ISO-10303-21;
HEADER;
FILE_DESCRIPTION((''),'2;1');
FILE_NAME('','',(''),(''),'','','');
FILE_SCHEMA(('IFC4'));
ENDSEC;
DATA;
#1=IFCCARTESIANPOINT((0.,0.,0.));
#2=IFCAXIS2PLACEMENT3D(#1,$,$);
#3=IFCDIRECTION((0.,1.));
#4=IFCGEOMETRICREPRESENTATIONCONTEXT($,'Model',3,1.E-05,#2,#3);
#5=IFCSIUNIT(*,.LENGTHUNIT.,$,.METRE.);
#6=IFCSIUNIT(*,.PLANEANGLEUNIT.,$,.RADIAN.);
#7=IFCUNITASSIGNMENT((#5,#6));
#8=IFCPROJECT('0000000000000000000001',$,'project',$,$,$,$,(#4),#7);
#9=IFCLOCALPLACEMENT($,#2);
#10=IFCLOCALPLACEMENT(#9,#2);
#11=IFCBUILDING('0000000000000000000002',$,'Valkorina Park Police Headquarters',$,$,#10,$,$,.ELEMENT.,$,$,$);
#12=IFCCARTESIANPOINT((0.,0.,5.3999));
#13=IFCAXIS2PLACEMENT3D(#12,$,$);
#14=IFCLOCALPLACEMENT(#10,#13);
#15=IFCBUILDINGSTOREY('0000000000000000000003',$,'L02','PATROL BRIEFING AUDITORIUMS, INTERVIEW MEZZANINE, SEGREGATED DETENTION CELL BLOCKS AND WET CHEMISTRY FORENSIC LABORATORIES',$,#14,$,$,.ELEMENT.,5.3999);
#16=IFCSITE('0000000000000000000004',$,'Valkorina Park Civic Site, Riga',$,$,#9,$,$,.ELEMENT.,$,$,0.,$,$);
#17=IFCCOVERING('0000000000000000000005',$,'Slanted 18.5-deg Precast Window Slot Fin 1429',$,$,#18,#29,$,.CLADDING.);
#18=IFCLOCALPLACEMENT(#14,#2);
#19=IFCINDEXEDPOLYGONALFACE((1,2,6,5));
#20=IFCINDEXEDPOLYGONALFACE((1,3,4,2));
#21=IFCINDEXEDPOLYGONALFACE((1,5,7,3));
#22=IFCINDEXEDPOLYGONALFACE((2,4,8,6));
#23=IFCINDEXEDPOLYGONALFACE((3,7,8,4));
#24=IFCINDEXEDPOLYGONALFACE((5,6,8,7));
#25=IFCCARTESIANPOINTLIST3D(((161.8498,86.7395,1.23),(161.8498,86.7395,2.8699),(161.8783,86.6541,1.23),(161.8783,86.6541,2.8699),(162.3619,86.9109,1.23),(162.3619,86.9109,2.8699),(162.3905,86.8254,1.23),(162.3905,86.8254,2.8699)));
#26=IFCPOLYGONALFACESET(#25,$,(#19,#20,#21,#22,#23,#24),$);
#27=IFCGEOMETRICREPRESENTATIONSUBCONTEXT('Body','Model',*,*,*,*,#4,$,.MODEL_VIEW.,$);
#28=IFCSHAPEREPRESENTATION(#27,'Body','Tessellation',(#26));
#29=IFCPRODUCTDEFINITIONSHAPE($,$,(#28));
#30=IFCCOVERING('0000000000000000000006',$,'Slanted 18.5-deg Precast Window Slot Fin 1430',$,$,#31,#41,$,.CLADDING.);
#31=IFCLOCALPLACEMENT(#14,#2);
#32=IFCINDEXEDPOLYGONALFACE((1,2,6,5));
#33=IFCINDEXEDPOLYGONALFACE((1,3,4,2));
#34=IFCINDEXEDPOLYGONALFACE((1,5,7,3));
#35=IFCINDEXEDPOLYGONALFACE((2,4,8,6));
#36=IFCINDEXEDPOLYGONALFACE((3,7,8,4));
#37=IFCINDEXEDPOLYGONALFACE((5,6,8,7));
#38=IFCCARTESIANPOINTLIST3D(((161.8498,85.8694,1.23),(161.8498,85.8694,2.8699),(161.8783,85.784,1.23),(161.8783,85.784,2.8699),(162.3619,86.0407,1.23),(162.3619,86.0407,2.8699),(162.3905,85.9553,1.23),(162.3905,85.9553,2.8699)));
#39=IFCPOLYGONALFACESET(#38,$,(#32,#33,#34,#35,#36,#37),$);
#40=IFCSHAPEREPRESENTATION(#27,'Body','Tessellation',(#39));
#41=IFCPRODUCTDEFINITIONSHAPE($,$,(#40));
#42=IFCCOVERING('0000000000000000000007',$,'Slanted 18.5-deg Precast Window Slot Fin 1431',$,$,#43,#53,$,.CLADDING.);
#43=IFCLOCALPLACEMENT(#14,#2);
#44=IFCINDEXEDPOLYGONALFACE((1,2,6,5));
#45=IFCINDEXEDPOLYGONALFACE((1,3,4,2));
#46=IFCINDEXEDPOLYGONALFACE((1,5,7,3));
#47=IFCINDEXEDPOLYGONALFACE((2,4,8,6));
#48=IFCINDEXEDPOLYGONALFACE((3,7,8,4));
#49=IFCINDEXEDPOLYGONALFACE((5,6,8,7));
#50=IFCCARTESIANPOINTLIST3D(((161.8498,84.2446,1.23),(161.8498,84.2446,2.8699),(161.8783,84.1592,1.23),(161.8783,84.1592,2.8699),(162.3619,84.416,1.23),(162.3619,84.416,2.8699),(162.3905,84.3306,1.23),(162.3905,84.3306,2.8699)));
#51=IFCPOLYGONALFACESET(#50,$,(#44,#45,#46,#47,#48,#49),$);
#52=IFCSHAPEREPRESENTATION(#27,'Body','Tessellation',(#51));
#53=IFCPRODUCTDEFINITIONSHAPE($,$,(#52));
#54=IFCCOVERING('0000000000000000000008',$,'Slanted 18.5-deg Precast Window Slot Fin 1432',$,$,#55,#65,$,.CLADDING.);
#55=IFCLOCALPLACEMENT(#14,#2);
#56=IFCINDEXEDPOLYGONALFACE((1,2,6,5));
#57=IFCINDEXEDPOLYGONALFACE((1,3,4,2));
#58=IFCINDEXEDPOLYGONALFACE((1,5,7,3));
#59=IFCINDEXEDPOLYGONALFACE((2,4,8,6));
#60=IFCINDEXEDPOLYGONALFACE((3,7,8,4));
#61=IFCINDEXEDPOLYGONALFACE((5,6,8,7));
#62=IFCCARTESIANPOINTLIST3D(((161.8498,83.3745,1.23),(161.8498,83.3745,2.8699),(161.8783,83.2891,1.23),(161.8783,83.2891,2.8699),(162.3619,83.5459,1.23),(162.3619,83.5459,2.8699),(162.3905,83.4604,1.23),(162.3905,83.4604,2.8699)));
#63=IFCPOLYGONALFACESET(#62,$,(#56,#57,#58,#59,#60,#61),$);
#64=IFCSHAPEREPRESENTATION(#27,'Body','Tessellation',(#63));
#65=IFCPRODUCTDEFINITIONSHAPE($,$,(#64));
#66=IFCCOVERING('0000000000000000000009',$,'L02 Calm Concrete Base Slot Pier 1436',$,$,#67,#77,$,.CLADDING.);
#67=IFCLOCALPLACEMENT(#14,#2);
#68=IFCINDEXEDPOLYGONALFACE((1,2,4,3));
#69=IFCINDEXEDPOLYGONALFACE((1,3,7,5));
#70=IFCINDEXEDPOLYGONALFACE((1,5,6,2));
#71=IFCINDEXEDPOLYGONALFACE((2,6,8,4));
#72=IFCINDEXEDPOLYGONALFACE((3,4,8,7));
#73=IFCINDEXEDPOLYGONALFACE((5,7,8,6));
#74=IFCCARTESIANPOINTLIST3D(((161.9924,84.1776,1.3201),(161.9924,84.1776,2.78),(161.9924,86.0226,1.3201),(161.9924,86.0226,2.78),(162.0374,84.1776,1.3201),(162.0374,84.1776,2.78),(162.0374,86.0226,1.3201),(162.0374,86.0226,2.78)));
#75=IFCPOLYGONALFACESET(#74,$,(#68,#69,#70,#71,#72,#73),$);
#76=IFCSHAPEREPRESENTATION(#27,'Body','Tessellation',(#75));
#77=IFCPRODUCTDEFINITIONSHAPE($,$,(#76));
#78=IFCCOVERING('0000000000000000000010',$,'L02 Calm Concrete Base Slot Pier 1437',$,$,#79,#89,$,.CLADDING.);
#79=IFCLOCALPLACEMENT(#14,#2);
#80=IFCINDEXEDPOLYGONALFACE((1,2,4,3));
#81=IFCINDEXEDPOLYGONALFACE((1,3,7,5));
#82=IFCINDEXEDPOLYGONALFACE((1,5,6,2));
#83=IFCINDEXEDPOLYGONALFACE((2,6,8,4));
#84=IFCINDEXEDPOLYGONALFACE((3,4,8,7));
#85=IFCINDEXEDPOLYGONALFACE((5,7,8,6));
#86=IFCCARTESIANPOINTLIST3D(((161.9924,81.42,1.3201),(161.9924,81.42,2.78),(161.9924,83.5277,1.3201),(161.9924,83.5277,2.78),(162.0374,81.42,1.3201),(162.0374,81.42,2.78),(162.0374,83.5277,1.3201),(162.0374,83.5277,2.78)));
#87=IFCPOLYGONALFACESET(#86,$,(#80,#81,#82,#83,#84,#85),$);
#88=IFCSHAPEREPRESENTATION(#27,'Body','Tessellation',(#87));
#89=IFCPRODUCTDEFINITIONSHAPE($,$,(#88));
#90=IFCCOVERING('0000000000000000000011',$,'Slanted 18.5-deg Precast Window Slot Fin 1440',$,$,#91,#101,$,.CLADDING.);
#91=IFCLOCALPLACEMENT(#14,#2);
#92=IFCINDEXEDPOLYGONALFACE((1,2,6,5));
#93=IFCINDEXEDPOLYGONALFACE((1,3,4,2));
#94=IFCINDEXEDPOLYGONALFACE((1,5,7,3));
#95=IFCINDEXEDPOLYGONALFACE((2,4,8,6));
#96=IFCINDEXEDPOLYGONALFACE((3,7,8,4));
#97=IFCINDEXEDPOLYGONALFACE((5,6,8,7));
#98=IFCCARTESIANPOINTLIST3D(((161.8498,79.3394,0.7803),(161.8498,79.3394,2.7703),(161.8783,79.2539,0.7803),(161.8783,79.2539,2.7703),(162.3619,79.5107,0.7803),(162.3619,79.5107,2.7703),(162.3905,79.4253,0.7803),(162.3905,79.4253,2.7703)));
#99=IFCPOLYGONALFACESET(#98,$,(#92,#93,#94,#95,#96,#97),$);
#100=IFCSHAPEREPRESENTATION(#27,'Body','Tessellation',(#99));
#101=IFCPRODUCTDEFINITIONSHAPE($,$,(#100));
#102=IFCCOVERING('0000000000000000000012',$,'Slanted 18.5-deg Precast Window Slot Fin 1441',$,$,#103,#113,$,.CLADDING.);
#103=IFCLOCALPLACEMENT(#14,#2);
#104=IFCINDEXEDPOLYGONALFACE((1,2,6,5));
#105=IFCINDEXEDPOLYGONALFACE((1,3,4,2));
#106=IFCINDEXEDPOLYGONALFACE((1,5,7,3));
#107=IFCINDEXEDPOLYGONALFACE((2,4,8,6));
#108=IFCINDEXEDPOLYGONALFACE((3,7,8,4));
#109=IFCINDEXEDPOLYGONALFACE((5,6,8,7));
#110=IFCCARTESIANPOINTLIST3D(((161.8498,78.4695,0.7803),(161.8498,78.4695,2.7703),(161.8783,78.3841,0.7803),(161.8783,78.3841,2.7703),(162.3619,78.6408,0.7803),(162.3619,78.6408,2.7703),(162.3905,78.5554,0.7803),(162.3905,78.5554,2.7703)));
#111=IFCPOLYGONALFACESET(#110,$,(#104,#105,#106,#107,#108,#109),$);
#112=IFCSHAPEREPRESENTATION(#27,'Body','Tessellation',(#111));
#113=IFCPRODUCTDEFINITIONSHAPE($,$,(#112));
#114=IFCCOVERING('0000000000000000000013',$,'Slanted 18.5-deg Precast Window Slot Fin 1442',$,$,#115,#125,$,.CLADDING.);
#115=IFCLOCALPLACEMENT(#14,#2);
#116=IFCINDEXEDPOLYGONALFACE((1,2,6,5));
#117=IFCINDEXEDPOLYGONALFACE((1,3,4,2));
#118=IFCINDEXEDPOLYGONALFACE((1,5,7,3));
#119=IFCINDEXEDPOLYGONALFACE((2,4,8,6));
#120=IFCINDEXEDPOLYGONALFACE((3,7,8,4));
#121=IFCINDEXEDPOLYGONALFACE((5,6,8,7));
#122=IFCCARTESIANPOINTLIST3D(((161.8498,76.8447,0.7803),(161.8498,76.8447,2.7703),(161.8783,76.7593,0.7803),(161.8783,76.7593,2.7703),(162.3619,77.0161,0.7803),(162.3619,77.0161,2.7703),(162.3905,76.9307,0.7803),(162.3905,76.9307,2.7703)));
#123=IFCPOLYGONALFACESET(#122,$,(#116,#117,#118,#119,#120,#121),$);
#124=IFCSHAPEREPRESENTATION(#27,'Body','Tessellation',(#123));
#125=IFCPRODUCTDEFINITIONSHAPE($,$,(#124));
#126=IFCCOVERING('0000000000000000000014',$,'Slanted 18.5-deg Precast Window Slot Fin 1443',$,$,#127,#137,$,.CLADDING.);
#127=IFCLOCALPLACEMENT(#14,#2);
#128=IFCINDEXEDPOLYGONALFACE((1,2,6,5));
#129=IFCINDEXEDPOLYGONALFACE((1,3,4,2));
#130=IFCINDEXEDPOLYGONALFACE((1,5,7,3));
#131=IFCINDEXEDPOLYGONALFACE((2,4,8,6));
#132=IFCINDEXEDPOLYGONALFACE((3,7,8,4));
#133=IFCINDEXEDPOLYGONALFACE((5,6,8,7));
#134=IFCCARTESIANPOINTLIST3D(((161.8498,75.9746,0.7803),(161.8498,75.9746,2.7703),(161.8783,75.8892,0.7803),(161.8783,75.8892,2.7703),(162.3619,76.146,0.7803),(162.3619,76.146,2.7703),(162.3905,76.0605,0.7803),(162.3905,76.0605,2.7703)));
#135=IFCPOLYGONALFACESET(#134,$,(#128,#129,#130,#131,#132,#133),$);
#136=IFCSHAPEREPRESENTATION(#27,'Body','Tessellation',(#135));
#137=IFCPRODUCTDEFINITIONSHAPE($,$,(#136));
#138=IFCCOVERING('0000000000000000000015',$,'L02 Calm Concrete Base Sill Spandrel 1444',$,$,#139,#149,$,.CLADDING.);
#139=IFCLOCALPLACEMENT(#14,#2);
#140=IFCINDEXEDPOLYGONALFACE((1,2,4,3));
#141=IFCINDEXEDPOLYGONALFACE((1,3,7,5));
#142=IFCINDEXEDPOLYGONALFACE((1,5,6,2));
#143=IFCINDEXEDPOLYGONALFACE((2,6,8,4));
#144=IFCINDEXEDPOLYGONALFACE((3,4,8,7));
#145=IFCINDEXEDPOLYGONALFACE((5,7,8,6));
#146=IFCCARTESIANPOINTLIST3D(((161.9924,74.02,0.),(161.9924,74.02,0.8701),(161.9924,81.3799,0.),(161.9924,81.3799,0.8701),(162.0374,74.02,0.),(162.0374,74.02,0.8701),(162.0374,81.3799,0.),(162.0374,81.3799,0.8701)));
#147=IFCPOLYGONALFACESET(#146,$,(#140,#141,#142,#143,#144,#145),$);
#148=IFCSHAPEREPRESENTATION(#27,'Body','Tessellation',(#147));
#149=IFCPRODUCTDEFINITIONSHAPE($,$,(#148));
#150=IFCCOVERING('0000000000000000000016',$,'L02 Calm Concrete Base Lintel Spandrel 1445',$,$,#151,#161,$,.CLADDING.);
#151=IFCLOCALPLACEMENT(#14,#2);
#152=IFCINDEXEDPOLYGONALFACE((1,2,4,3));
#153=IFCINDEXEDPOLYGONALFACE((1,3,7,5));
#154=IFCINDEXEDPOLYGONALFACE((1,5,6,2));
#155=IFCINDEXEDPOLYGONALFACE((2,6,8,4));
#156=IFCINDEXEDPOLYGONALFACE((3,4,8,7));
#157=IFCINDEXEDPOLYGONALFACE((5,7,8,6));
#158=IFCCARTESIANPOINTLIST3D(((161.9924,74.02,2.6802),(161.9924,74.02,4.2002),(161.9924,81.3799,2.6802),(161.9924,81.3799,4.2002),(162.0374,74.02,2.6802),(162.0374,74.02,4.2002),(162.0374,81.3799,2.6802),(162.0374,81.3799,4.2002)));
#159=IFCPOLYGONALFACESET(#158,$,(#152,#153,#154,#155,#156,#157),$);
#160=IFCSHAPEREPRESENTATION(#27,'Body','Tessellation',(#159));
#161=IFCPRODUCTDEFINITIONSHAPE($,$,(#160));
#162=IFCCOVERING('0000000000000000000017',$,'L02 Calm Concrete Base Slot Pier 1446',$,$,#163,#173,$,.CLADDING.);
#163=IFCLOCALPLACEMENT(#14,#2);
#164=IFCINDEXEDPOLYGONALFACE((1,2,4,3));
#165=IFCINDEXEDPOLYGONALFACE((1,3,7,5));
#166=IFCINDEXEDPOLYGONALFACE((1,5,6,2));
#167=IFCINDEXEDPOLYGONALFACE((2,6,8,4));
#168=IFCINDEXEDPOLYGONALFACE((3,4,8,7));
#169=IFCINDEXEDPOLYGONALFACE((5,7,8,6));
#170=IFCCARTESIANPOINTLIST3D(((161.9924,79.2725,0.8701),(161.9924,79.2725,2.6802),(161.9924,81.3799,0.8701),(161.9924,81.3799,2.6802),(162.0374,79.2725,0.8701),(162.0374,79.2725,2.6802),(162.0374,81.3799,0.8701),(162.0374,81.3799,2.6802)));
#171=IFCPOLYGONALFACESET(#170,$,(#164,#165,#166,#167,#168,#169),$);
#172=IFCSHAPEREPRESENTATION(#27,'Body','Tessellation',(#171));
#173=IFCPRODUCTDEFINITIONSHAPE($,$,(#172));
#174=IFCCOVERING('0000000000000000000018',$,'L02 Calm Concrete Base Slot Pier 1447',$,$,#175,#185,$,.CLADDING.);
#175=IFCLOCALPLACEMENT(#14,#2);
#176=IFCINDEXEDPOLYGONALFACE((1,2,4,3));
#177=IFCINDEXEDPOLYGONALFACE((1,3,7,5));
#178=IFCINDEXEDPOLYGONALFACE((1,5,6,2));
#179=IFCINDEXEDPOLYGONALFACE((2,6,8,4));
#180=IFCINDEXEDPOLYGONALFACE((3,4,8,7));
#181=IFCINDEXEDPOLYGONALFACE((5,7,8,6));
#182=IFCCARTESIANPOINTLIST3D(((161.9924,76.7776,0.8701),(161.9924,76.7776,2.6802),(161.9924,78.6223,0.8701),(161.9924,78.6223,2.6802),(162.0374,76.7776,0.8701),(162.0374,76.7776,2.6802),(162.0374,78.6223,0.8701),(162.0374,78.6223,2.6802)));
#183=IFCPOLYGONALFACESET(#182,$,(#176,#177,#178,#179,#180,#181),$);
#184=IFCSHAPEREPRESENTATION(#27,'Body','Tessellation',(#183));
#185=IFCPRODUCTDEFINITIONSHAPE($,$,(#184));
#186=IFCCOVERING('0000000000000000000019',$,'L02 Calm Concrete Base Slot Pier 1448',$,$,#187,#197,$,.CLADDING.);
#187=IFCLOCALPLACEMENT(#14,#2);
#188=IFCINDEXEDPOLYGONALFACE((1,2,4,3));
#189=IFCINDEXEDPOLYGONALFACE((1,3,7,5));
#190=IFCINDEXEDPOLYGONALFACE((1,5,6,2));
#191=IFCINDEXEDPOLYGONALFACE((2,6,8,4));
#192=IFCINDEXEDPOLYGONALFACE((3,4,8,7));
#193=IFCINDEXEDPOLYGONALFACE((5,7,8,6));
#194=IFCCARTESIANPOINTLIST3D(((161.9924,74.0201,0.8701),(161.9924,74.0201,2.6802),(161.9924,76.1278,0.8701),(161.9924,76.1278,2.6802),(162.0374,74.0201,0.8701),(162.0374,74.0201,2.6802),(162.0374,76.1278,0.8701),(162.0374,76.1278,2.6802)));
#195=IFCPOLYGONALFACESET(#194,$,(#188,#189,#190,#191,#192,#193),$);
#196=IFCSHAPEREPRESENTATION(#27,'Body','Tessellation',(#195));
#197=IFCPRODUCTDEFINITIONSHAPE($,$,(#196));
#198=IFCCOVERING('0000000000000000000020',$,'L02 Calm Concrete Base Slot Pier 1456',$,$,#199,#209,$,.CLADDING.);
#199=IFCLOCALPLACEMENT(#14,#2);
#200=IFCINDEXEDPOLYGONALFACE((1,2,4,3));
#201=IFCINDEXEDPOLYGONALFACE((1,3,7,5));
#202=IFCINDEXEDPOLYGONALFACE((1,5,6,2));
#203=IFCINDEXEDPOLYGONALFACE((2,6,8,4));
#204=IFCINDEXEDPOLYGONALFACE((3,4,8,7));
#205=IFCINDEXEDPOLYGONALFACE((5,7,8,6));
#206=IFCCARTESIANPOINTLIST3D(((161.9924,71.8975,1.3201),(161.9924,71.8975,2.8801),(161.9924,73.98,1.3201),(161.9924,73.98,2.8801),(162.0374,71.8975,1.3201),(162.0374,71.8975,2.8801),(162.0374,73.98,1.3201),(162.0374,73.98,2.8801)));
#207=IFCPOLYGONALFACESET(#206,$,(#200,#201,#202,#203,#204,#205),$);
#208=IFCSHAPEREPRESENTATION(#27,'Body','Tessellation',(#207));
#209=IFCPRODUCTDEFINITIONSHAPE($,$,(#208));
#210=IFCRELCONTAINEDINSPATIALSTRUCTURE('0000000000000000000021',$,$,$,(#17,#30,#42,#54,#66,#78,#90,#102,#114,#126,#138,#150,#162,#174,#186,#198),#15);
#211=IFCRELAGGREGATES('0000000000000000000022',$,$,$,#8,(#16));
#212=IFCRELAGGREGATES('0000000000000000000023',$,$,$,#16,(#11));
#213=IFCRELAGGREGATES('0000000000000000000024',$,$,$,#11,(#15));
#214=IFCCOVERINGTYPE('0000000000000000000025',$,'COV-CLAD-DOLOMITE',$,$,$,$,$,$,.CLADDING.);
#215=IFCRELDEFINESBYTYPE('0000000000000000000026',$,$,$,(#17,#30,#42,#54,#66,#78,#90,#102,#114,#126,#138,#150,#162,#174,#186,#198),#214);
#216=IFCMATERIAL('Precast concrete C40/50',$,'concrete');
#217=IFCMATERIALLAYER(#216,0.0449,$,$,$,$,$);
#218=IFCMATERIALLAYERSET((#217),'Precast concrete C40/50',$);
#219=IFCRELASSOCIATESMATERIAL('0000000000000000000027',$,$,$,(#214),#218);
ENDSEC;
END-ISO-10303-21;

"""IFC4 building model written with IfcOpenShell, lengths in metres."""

from ifc_helpers import new_model, si_unit, direction, frame, frame_2d, origin, origin_2d, place, context, subcontext, project, spatial, rectangle, extrude, material, layer, layer_set, type_object, element, save


model = new_model("IFC4")

# Units and contexts
model_context = context("Model", 3, precision=1e-05, world=origin(), true_north=direction((0.0, 1.0)))
body_context = subcontext(model_context, "Body", "Model", "MODEL_VIEW")
ifc_project = project(units=[si_unit("LENGTHUNIT", "METRE"), si_unit("PLANEANGLEUNIT", "RADIAN")], contexts=[model_context])

# Site, building, storey
site_placement = place(None, origin())
site = spatial("IfcSite", under=ifc_project, at=site_placement, Name="Valkorina Park Civic Site, Riga", CompositionType="ELEMENT", RefElevation=0.0)
building_placement = place(site_placement, origin())
building = spatial("IfcBuilding", under=site, at=building_placement, Name="Valkorina Park Police Headquarters", CompositionType="ELEMENT")
storey_placement = place(building_placement, frame((0.0, 0.0, 5.3999)))
storey = spatial("IfcBuildingStorey", under=building, at=storey_placement, Name="L02", Description="PATROL BRIEFING AUDITORIUMS, INTERVIEW MEZZANINE, SEGREGATED DETENTION CELL BLOCKS AND WET CHEMISTRY FORENSIC LABORATORIES", CompositionType="ELEMENT", Elevation=5.3999)

# Coverings
ifc_material_1 = material(Name="Precast concrete C40/50", Category="concrete")
ifc_layer = layer(ifc_material_1, 0.0449)
ifc_layer_set = layer_set([ifc_layer], Name="Precast concrete C40/50")
covering_type = type_object("IfcCoveringType", Name="COV-CLAD-DOLOMITE", PredefinedType="CLADDING", material=ifc_layer_set)
for number, where, z_axis, x_axis, name in (
    (1, (162.1201, 86.7825, 1.23), (0.0, 0.0, 1.0), (0.948324, 0.317305, 0.0), "Slanted 18.5-deg Precast Window Slot Fin 1429"),
    (2, (162.1201, 85.9124, 1.23), (0.0, 0.0, 1.0), (0.948324, 0.317305, 0.0), "Slanted 18.5-deg Precast Window Slot Fin 1430"),
    (3, (162.1201, 84.2876, 1.23), (0.0, 0.0, 1.0), (0.948324, 0.317305, 0.0), "Slanted 18.5-deg Precast Window Slot Fin 1431"),
    (4, (162.1201, 83.4175, 1.23), (0.0, 0.0, 1.0), (0.948324, 0.317305, 0.0), "Slanted 18.5-deg Precast Window Slot Fin 1432"),
):
    element("IfcCovering", number, at=place(storey_placement, frame(where, z_axis=z_axis, x_axis=x_axis)), inside=storey, type_object=covering_type, Name=name, PredefinedType="CLADDING", context=body_context, shape_type="SweptSolid", body=[
        extrude(rectangle(XDim=0.54, YDim=0.0901, at=origin_2d()), origin(), (0.0, 0.0, 1.0), 1.6399),
    ])
covering_1_placement = place(storey_placement, frame((162.0149, 86.0225, 1.3201), z_axis=(0.0, 0.0, 1.0), x_axis=(0.0, -1.0, 0.0)))
element("IfcCovering", 5, at=covering_1_placement, inside=storey, type_object=covering_type, Name="L02 Calm Concrete Base Slot Pier 1436", PredefinedType="CLADDING", context=body_context, shape_type="SweptSolid", body=[
    extrude(rectangle(XDim=1.845, YDim=0.0449, at=frame_2d((0.9224, 0.0))), origin(), (0.0, 0.0, 1.0), 1.46),
])
covering_2_placement = place(storey_placement, frame((162.0149, 83.5276, 1.3201), z_axis=(0.0, 0.0, 1.0), x_axis=(0.0, -1.0, 0.0)))
element("IfcCovering", 6, at=covering_2_placement, inside=storey, type_object=covering_type, Name="L02 Calm Concrete Base Slot Pier 1437", PredefinedType="CLADDING", context=body_context, shape_type="SweptSolid", body=[
    extrude(rectangle(XDim=2.1077, YDim=0.0449, at=frame_2d((1.0537, 0.0))), origin(), (0.0, 0.0, 1.0), 1.46),
])
for number, where, z_axis, x_axis, name in (
    (7, (162.1201, 79.3823, 0.7803), (0.0, 0.0, 1.0), (0.948324, 0.317305, 0.0), "Slanted 18.5-deg Precast Window Slot Fin 1440"),
    (8, (162.1201, 78.5125, 0.7803), (0.0, 0.0, 1.0), (0.948324, 0.317305, 0.0), "Slanted 18.5-deg Precast Window Slot Fin 1441"),
    (9, (162.1201, 76.8877, 0.7803), (0.0, 0.0, 1.0), (0.948324, 0.317305, 0.0), "Slanted 18.5-deg Precast Window Slot Fin 1442"),
    (10, (162.1201, 76.0176, 0.7803), (0.0, 0.0, 1.0), (0.948324, 0.317305, 0.0), "Slanted 18.5-deg Precast Window Slot Fin 1443"),
):
    element("IfcCovering", number, at=place(storey_placement, frame(where, z_axis=z_axis, x_axis=x_axis)), inside=storey, type_object=covering_type, Name=name, PredefinedType="CLADDING", context=body_context, shape_type="SweptSolid", body=[
        extrude(rectangle(XDim=0.54, YDim=0.0901, at=origin_2d()), origin(), (0.0, 0.0, 1.0), 1.99),
    ])
covering_3_placement = place(storey_placement, frame((162.0149, 81.3799, 0.0), z_axis=(0.0, 0.0, 1.0), x_axis=(0.0, -1.0, 0.0)))
element("IfcCovering", 11, at=covering_3_placement, inside=storey, type_object=covering_type, Name="L02 Calm Concrete Base Sill Spandrel 1444", PredefinedType="CLADDING", context=body_context, shape_type="SweptSolid", body=[
    extrude(rectangle(XDim=7.3599, YDim=0.0449, at=frame_2d((3.6799, 0.0))), origin(), (0.0, 0.0, 1.0), 0.8701),
])
covering_4_placement = place(storey_placement, frame((162.0149, 81.3799, 2.6802), z_axis=(0.0, 0.0, 1.0), x_axis=(0.0, -1.0, 0.0)))
element("IfcCovering", 12, at=covering_4_placement, inside=storey, type_object=covering_type, Name="L02 Calm Concrete Base Lintel Spandrel 1445", PredefinedType="CLADDING", context=body_context, shape_type="SweptSolid", body=[
    extrude(rectangle(XDim=7.3599, YDim=0.0449, at=frame_2d((3.6799, 0.0))), origin(), (0.0, 0.0, 1.0), 1.52),
])
covering_5_placement = place(storey_placement, frame((162.0149, 81.3799, 0.8701), z_axis=(0.0, 0.0, 1.0), x_axis=(0.0, -1.0, 0.0)))
element("IfcCovering", 13, at=covering_5_placement, inside=storey, type_object=covering_type, Name="L02 Calm Concrete Base Slot Pier 1446", PredefinedType="CLADDING", context=body_context, shape_type="SweptSolid", body=[
    extrude(rectangle(XDim=2.1074, YDim=0.0449, at=frame_2d((1.0537, 0.0))), origin(), (0.0, 0.0, 1.0), 1.8101),
])
covering_6_placement = place(storey_placement, frame((162.0149, 78.6223, 0.8701), z_axis=(0.0, 0.0, 1.0), x_axis=(0.0, -1.0, 0.0)))
element("IfcCovering", 14, at=covering_6_placement, inside=storey, type_object=covering_type, Name="L02 Calm Concrete Base Slot Pier 1447", PredefinedType="CLADDING", context=body_context, shape_type="SweptSolid", body=[
    extrude(rectangle(XDim=1.8447, YDim=0.0449, at=frame_2d((0.9224, 0.0))), origin(), (0.0, 0.0, 1.0), 1.8101),
])
covering_7_placement = place(storey_placement, frame((162.0149, 76.1277, 0.8701), z_axis=(0.0, 0.0, 1.0), x_axis=(0.0, -1.0, 0.0)))
element("IfcCovering", 15, at=covering_7_placement, inside=storey, type_object=covering_type, Name="L02 Calm Concrete Base Slot Pier 1448", PredefinedType="CLADDING", context=body_context, shape_type="SweptSolid", body=[
    extrude(rectangle(XDim=2.1077, YDim=0.0449, at=frame_2d((1.0537, 0.0))), origin(), (0.0, 0.0, 1.0), 1.8101),
])
covering_8_placement = place(storey_placement, frame((162.0149, 73.98, 1.3201), z_axis=(0.0, 0.0, 1.0), x_axis=(0.0, -1.0, 0.0)))
element("IfcCovering", 16, at=covering_8_placement, inside=storey, type_object=covering_type, Name="L02 Calm Concrete Base Slot Pier 1456", PredefinedType="CLADDING", context=body_context, shape_type="SweptSolid", body=[
    extrude(rectangle(XDim=2.0825, YDim=0.0449, at=frame_2d((1.0413, 0.0))), origin(), (0.0, 0.0, 1.0), 1.5601),
])

save(model, "model.ifc")
